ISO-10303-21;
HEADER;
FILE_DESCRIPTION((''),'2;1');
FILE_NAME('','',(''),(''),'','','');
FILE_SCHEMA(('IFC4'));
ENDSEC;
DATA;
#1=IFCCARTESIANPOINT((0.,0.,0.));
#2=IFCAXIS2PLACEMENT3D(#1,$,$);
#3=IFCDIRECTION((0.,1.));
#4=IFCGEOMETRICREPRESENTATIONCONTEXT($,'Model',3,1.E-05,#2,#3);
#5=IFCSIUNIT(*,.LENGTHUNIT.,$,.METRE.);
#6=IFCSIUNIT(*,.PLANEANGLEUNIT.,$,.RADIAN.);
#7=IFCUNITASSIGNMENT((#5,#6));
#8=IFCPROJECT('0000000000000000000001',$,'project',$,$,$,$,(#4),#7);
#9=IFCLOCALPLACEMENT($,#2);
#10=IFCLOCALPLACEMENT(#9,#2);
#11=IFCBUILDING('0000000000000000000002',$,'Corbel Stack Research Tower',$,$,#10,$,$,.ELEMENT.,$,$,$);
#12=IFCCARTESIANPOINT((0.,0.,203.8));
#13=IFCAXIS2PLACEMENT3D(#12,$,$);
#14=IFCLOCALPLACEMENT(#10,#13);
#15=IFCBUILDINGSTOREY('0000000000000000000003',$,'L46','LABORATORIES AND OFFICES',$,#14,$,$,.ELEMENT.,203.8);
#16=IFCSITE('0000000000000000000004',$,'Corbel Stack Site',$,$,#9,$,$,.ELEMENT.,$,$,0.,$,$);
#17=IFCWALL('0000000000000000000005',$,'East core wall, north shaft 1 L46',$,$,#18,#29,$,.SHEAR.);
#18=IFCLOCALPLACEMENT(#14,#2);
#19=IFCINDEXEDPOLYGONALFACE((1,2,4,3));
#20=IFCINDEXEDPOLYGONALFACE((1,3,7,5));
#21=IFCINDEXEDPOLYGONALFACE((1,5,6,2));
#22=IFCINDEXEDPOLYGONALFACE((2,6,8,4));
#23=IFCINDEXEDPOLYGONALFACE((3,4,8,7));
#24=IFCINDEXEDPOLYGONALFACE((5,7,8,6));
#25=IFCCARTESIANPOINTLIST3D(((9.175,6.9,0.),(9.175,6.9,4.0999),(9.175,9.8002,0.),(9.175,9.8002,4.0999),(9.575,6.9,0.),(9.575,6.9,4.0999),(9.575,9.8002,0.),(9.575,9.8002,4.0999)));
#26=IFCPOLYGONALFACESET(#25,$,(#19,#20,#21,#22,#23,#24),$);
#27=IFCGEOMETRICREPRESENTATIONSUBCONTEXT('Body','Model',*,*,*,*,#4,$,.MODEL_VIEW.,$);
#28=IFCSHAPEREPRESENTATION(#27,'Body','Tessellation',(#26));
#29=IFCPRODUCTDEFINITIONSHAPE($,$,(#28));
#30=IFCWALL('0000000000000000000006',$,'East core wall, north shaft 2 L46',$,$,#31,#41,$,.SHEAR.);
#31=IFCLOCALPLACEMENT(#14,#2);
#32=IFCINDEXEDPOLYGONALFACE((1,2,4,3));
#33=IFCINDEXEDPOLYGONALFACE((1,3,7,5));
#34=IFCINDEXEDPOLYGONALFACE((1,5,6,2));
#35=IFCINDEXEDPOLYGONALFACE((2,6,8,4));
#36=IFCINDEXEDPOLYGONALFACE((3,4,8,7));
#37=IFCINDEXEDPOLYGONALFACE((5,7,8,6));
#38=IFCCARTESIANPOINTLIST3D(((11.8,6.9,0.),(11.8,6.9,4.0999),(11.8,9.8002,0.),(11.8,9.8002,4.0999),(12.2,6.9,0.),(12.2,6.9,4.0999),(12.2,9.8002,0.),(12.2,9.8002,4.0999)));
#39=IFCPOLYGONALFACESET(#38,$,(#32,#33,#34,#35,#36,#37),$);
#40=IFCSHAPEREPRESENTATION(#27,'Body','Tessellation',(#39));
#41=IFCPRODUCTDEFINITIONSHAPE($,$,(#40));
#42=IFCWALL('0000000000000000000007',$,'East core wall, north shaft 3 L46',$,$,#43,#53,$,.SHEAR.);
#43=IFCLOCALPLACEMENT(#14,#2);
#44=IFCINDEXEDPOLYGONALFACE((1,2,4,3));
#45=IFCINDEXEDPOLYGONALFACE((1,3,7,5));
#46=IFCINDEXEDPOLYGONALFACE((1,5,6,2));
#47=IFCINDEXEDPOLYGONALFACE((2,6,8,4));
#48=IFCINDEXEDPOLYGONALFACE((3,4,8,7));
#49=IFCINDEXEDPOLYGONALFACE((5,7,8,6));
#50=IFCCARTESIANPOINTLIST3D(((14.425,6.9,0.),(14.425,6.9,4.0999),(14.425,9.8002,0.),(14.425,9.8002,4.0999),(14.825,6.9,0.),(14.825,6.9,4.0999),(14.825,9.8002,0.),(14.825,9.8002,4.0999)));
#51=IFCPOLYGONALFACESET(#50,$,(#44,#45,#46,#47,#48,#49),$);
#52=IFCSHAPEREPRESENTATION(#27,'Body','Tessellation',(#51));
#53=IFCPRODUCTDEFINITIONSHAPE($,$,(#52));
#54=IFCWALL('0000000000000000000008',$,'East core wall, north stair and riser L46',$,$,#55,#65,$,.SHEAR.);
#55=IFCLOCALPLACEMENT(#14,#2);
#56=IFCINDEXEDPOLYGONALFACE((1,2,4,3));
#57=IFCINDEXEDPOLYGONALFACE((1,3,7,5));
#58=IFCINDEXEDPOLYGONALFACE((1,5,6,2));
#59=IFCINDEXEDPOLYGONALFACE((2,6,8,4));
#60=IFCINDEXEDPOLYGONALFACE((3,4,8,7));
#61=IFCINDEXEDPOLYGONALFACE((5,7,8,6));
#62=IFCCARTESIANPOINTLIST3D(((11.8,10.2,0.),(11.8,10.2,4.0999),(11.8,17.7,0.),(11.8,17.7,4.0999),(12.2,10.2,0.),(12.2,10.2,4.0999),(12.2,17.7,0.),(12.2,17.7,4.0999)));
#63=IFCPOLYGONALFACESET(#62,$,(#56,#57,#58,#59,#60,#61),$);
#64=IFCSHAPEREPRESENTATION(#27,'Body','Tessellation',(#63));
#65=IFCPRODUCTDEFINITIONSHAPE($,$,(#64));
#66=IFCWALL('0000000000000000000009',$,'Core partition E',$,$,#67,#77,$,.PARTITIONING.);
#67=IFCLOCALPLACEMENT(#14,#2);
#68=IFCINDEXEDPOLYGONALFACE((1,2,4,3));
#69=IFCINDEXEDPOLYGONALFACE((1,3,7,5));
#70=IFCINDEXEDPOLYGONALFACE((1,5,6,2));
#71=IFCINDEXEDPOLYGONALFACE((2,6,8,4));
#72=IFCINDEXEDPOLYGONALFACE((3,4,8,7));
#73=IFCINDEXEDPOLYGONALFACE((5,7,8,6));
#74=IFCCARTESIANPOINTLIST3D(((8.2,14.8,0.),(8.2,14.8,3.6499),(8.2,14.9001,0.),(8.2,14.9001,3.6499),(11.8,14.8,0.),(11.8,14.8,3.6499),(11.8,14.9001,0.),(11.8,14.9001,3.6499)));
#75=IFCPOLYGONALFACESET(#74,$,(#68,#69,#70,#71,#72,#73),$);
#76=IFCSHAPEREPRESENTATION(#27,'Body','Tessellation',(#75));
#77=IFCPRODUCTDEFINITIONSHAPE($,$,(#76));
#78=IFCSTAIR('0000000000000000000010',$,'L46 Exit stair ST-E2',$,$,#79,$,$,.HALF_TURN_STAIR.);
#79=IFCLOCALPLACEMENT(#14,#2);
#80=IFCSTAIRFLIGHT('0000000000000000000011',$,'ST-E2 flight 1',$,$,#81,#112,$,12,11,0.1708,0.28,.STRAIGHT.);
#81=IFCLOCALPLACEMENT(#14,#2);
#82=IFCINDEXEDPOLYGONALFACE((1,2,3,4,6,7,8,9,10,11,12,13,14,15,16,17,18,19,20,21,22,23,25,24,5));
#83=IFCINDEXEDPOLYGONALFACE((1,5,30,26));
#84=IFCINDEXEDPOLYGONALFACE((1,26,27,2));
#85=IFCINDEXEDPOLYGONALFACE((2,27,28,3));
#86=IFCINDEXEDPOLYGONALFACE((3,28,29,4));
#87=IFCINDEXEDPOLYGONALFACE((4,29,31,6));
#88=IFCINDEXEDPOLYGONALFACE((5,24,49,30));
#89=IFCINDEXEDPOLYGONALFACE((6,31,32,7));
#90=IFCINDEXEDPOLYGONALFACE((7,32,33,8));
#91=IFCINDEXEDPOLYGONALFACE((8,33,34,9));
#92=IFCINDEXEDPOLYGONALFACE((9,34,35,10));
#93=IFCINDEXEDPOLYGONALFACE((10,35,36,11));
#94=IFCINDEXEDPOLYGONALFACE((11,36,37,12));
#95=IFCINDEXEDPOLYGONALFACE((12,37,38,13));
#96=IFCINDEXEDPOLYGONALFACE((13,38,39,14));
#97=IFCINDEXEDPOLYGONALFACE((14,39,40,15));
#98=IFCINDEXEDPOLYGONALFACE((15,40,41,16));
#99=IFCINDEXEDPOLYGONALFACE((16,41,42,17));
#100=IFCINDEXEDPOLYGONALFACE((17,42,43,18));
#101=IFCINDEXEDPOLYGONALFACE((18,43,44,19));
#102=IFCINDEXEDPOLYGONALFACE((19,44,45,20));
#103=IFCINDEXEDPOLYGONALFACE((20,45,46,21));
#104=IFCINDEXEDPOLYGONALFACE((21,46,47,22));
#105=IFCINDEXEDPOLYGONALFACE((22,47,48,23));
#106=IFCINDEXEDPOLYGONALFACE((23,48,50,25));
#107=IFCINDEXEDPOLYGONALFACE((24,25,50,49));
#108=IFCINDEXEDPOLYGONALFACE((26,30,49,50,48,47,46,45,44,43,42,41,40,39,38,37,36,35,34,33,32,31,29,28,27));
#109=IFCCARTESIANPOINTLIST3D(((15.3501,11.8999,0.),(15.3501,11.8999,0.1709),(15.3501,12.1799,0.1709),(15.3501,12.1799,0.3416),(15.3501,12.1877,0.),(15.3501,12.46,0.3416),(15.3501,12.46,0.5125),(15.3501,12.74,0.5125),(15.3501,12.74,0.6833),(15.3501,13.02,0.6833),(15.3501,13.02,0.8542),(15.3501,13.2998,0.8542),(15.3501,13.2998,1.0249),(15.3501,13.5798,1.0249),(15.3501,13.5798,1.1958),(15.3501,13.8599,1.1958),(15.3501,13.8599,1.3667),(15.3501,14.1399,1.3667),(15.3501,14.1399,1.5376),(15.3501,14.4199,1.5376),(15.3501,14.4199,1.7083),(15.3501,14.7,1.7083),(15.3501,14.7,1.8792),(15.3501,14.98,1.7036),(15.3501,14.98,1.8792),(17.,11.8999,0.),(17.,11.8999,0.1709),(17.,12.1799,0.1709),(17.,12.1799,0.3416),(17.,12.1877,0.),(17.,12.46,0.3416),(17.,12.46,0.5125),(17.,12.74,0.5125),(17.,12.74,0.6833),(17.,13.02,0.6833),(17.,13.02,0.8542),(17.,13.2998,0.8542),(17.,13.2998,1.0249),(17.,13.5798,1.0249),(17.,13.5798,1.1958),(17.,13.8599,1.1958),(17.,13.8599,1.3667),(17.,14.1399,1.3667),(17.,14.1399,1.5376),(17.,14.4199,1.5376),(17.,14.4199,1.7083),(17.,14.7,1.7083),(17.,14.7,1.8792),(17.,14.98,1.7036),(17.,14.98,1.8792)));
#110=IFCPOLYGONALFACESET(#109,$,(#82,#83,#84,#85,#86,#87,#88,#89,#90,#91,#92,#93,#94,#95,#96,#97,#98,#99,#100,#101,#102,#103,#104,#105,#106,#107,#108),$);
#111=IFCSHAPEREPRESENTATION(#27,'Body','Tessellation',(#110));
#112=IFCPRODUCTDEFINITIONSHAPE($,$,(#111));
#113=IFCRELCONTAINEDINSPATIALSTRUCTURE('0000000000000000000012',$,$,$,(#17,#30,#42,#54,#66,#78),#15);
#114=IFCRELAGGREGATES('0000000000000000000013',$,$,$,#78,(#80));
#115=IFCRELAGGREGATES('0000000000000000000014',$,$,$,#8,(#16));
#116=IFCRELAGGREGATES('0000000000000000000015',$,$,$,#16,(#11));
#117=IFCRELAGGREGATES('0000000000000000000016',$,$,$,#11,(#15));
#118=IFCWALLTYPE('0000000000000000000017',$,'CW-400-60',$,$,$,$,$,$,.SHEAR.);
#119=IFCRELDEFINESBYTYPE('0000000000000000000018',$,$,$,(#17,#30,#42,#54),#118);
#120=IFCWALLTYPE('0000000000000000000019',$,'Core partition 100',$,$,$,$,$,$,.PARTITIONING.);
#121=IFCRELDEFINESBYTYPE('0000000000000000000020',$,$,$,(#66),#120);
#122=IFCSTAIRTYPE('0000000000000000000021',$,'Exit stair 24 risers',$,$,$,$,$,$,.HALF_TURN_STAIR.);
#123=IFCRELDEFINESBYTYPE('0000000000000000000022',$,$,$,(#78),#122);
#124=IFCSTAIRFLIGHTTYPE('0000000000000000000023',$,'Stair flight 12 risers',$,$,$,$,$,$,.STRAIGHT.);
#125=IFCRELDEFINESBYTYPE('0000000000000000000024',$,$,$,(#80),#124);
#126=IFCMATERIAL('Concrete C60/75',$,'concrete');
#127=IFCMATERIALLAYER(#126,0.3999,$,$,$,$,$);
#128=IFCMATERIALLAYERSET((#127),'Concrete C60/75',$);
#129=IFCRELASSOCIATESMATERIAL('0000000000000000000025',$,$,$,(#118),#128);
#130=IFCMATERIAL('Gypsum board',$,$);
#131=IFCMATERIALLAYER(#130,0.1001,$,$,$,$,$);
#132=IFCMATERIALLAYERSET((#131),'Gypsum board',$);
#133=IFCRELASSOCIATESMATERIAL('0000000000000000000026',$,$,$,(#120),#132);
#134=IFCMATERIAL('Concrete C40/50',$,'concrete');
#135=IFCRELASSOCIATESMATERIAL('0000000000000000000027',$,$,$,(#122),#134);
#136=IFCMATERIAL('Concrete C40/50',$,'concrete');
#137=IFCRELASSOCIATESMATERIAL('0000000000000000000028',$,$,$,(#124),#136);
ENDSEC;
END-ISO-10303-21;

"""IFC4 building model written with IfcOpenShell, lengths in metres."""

from ifc_helpers import new_model, si_unit, direction, frame, frame_2d, origin, place, context, subcontext, project, spatial, polyline, rectangle, outline, extrude, material, layer, layer_set, type_object, element, aggregate, save


model = new_model("IFC4")

# Units and contexts
model_context = context("Model", 3, precision=1e-05, world=origin(), true_north=direction((0.0, 1.0)))
body_context = subcontext(model_context, "Body", "Model", "MODEL_VIEW")
ifc_project = project(units=[si_unit("LENGTHUNIT", "METRE"), si_unit("PLANEANGLEUNIT", "RADIAN")], contexts=[model_context])

# Site, building, storey
site_placement = place(None, origin())
site = spatial("IfcSite", under=ifc_project, at=site_placement, Name="Corbel Stack Site", CompositionType="ELEMENT", RefElevation=0.0)
building_placement = place(site_placement, origin())
building = spatial("IfcBuilding", under=site, at=building_placement, Name="Corbel Stack Research Tower", CompositionType="ELEMENT")
storey_placement = place(building_placement, frame((0.0, 0.0, 203.8)))
storey = spatial("IfcBuildingStorey", under=building, at=storey_placement, Name="L46", Description="LABORATORIES AND OFFICES", CompositionType="ELEMENT", Elevation=203.8)

# Walls
ifc_material_1 = material(Name="Concrete C60/75", Category="concrete")
ifc_layer_1 = layer(ifc_material_1, 0.3999)
ifc_layer_set_1 = layer_set([ifc_layer_1], Name="Concrete C60/75")
wall_type_1 = type_object("IfcWallType", Name="CW-400-60", PredefinedType="SHEAR", material=ifc_layer_set_1)
for number, where, z_axis, x_axis, name in (
    (1, (9.375, 6.8999, 0.0), (0.0, 0.0, 1.0), (0.0, 1.0, 0.0), "East core wall, north shaft 1 L46"),
    (2, (12.0, 6.8999, 0.0), (0.0, 0.0, 1.0), (0.0, 1.0, 0.0), "East core wall, north shaft 2 L46"),
    (3, (14.625, 6.8999, 0.0), (0.0, 0.0, 1.0), (0.0, 1.0, 0.0), "East core wall, north shaft 3 L46"),
):
    element("IfcWall", number, at=place(storey_placement, frame(where, z_axis=z_axis, x_axis=x_axis)), inside=storey, type_object=wall_type_1, Name=name, PredefinedType="SHEAR", context=body_context, shape_type="SweptSolid", body=[
        extrude(rectangle(XDim=2.9001, YDim=0.3999, at=frame_2d((1.4502, 0.0))), origin(), (0.0, 0.0, 1.0), 4.0999),
    ])
wall_1_placement = place(storey_placement, frame((12.0, 10.2, 0.0), z_axis=(0.0, 0.0, 1.0), x_axis=(0.0, 1.0, 0.0)))
element("IfcWall", 4, at=wall_1_placement, inside=storey, type_object=wall_type_1, Name="East core wall, north stair and riser L46", PredefinedType="SHEAR", context=body_context, shape_type="SweptSolid", body=[
    extrude(rectangle(XDim=7.5, YDim=0.3999, at=frame_2d((3.75, 0.0))), origin(), (0.0, 0.0, 1.0), 4.0999),
])
ifc_material_2 = material(Name="Gypsum board")
ifc_layer_2 = layer(ifc_material_2, 0.1001)
ifc_layer_set_2 = layer_set([ifc_layer_2], Name="Gypsum board")
wall_type_2 = type_object("IfcWallType", Name="Core partition 100", PredefinedType="PARTITIONING", material=ifc_layer_set_2)
wall_2_placement = place(storey_placement, frame((8.2, 14.8501, 0.0), z_axis=(0.0, 0.0, 1.0), x_axis=(1.0, 0.0, 0.0)))
element("IfcWall", 5, at=wall_2_placement, inside=storey, type_object=wall_type_2, Name="Core partition E", PredefinedType="PARTITIONING", context=body_context, shape_type="SweptSolid", body=[
    extrude(rectangle(XDim=3.6001, YDim=0.1001, at=frame_2d((1.8, 0.0))), origin(), (0.0, 0.0, 1.0), 3.6499),
])

# Stair, stair flight
ifc_material_3 = material(Name="Concrete C40/50", Category="concrete")
stair_type = type_object("IfcStairType", Name="Exit stair 24 risers", PredefinedType="HALF_TURN_STAIR", material=ifc_material_3)
stair_placement = place(storey_placement, origin())
stair = element("IfcStair", 6, at=stair_placement, inside=storey, type_object=stair_type, Name="L46 Exit stair ST-E2", PredefinedType="HALF_TURN_STAIR")
ifc_material_4 = material(Name="Concrete C40/50", Category="concrete")
stair_flight_type = type_object("IfcStairFlightType", Name="Stair flight 12 risers", PredefinedType="STRAIGHT", material=ifc_material_4)
stair_flight_placement = place(storey_placement, frame((16.175, 11.8999, 0.0), z_axis=(0.0, 0.0, 1.0), x_axis=(0.0, 1.0, 0.0)))
stair_flight = element("IfcStairFlight", 7, at=stair_flight_placement, type_object=stair_flight_type, Name="ST-E2 flight 1", NumberOfRisers=12, NumberOfTreads=11, PredefinedType="STRAIGHT", RiserHeight=0.1708, TreadLength=0.28, context=body_context, shape_type="SweptSolid", body=[
    extrude(outline(polyline([(0.0, 0.0), (0.0, 0.1709), (0.28, 0.1709), (0.28, 0.3416), (0.5601, 0.3416), (0.5601, 0.5125), (0.8401, 0.5125), (0.8401, 0.6833), (1.1201, 0.6833), (1.1201, 0.8542), (1.3999, 0.8542), (1.3999, 1.0249), (1.6799, 1.0249), (1.6799, 1.1958), (1.96, 1.1958), (1.96, 1.3667), (2.24, 1.3667), (2.24, 1.5376), (2.52, 1.5376), (2.52, 1.7083), (2.8, 1.7083), (2.8, 1.8792), (3.0801, 1.8792), (3.0801, 2.05), (3.0801, 1.7036), (0.2878, 0.0), (0.0, 0.0)])), frame((0.0, 0.825, 0.0), z_axis=(0.0, -1.0, 0.0), x_axis=(1.0, 0.0, 0.0)), (0.0, 0.0, 1.0), 1.6499),
])
aggregate(stair, [stair_flight])

save(model, "model.ifc")
